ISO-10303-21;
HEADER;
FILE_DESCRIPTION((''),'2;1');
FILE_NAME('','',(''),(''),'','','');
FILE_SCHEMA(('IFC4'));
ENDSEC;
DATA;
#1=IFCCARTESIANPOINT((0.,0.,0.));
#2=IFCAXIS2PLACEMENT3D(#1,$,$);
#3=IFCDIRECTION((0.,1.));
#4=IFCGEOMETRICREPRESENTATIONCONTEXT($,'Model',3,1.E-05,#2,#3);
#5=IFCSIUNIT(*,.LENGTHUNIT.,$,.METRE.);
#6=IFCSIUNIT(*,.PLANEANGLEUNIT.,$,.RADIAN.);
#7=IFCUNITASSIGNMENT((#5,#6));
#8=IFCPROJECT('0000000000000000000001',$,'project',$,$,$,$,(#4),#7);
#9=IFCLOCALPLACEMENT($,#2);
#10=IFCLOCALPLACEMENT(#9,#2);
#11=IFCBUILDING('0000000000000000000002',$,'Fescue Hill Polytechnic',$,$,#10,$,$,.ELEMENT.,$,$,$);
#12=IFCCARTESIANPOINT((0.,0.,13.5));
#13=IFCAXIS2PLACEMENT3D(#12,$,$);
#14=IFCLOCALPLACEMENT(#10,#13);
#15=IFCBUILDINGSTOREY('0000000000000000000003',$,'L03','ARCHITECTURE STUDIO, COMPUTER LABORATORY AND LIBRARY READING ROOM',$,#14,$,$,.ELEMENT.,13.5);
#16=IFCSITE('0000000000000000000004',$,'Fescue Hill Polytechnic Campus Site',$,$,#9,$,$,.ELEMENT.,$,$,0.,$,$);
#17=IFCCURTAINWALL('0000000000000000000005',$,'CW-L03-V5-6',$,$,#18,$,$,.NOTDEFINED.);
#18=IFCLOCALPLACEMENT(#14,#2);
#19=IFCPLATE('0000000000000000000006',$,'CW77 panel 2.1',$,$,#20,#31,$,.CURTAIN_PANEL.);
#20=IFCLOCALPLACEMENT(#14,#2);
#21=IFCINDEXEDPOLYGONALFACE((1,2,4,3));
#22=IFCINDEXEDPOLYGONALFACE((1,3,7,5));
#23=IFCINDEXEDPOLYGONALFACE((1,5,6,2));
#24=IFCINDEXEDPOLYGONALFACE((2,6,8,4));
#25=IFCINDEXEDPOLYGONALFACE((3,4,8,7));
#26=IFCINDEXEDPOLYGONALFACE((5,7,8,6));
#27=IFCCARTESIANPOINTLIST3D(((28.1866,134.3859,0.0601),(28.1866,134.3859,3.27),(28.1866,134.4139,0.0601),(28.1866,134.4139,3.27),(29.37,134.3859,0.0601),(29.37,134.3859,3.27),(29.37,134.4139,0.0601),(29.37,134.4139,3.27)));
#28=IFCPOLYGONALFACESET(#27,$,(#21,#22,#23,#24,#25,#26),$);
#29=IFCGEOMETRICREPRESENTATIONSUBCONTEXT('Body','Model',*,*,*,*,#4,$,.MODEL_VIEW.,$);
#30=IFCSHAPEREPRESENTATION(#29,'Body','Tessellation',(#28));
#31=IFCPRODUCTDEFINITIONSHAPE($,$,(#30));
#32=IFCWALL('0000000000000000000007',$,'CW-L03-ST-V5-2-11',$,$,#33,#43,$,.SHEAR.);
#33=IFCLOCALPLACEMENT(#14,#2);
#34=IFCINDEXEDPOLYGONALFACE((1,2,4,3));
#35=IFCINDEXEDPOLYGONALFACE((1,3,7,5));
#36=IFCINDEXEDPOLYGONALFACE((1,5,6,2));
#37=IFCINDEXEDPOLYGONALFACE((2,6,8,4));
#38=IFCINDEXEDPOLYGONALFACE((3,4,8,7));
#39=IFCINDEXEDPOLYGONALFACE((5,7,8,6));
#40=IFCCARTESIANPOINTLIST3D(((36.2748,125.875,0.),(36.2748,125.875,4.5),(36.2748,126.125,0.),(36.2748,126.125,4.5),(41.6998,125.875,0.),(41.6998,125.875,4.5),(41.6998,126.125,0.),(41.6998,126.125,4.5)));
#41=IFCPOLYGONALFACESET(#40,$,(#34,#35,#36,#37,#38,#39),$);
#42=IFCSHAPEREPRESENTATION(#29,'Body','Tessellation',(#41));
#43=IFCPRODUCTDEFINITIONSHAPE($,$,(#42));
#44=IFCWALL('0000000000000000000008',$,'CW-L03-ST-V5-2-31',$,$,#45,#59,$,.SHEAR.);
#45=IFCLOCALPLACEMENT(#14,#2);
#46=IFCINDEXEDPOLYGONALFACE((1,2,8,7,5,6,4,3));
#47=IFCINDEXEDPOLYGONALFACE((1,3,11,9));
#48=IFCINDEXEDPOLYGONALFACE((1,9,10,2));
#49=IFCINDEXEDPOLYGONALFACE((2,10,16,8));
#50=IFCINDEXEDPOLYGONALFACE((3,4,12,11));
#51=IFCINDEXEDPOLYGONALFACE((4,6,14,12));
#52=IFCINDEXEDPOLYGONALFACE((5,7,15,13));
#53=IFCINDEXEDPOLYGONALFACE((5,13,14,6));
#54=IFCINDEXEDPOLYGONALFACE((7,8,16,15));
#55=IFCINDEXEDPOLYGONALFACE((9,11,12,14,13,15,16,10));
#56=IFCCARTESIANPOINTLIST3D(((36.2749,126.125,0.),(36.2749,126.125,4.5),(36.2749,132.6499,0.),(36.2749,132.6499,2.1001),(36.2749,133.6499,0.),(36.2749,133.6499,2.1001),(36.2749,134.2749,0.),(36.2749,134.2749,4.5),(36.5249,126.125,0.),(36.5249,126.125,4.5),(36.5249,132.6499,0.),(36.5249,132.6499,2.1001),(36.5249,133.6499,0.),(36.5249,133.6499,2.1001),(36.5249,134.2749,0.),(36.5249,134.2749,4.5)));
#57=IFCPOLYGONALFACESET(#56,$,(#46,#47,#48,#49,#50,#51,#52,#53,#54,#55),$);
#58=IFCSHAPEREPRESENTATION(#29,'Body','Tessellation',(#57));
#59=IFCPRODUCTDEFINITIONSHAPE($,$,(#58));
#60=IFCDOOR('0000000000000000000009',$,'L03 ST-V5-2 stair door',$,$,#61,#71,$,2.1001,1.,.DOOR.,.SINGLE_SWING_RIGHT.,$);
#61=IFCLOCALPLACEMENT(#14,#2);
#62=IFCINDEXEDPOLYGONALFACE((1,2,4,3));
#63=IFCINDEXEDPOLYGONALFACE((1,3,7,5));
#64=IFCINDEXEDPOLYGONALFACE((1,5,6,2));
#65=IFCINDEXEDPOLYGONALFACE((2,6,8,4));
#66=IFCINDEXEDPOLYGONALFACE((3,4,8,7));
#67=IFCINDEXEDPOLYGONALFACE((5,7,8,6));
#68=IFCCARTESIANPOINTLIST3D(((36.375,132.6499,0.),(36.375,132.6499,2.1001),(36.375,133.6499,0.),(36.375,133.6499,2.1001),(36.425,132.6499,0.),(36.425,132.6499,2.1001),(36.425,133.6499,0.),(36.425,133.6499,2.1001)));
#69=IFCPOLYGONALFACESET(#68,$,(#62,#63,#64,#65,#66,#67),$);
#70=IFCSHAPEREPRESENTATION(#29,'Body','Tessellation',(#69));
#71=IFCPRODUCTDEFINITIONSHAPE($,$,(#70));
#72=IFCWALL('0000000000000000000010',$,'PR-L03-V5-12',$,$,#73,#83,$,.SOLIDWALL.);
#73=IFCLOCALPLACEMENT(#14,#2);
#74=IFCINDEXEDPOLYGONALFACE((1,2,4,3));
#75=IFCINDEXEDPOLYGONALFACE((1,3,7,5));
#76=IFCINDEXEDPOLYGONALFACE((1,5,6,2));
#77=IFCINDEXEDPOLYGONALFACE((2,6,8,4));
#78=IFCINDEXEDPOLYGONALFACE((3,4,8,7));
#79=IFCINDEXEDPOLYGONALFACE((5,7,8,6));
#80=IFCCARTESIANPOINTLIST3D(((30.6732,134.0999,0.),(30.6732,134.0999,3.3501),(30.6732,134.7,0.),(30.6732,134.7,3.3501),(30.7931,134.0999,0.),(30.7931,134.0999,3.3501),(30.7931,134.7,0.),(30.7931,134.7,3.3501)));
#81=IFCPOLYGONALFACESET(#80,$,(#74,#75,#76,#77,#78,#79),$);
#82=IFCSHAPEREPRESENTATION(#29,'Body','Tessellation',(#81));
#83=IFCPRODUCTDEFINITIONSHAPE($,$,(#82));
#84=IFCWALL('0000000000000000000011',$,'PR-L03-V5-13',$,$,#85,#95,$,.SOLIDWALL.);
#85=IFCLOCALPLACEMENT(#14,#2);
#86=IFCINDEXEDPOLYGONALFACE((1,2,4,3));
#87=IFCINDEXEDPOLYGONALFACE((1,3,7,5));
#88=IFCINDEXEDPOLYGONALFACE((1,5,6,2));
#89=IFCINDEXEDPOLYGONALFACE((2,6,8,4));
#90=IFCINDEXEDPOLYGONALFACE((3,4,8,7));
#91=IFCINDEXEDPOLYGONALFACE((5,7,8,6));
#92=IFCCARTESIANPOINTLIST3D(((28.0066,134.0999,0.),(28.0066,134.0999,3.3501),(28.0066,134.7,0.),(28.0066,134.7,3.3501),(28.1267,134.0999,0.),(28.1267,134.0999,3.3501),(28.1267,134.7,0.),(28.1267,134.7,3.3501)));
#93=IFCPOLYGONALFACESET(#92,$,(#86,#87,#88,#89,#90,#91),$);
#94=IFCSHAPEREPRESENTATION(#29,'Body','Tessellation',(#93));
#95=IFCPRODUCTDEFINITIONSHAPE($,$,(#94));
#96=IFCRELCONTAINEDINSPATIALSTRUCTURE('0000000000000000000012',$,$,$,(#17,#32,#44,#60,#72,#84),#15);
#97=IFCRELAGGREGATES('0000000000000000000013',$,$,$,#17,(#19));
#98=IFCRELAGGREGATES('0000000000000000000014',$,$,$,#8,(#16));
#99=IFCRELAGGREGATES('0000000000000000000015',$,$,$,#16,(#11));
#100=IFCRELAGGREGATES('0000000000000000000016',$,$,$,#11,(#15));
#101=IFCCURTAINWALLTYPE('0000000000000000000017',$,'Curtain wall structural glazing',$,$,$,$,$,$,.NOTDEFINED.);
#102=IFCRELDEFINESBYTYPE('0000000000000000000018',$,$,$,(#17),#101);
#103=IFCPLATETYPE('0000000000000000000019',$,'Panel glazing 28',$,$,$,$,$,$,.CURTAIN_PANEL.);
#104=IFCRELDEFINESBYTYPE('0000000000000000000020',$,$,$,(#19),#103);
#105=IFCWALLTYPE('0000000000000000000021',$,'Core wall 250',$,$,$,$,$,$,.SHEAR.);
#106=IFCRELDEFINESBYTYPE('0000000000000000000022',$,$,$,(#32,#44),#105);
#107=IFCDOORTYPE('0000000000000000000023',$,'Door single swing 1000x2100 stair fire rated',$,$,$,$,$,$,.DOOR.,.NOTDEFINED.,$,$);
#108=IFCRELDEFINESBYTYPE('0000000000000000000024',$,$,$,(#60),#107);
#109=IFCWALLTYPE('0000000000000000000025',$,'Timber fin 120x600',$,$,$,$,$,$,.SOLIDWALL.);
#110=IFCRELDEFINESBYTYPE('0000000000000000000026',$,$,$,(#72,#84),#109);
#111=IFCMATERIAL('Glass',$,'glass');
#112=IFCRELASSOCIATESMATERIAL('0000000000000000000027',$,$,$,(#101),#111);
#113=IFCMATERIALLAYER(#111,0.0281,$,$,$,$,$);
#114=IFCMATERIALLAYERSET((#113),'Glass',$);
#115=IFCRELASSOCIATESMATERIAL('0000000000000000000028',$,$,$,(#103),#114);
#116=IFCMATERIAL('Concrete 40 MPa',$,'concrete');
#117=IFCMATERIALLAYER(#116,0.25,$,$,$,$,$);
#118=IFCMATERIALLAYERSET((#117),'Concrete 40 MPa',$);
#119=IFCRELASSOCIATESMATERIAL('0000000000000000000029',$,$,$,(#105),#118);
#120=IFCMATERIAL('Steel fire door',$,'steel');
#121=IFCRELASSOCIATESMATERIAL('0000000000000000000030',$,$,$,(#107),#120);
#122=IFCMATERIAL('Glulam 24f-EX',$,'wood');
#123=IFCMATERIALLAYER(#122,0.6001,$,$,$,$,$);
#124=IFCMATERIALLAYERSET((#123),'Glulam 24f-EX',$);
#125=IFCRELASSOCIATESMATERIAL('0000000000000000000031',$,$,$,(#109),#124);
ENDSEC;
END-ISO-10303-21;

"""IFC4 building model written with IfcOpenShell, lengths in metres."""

from ifc_helpers import new_model, si_unit, direction, frame, frame_2d, origin, origin_2d, place, context, subcontext, project, spatial, rectangle, extrude, material, layer, layer_set, type_object, element, fill, aggregate, save


model = new_model("IFC4")

# Units and contexts
model_context = context("Model", 3, precision=1e-05, world=origin(), true_north=direction((0.0, 1.0)))
body_context = subcontext(model_context, "Body", "Model", "MODEL_VIEW")
ifc_project = project(units=[si_unit("LENGTHUNIT", "METRE"), si_unit("PLANEANGLEUNIT", "RADIAN")], contexts=[model_context])

# Site, building, storey
site_placement = place(None, origin())
site = spatial("IfcSite", under=ifc_project, at=site_placement, Name="Fescue Hill Polytechnic Campus Site", CompositionType="ELEMENT", RefElevation=0.0)
building_placement = place(site_placement, origin())
building = spatial("IfcBuilding", under=site, at=building_placement, Name="Fescue Hill Polytechnic", CompositionType="ELEMENT")
storey_placement = place(building_placement, frame((0.0, 0.0, 13.5)))
storey = spatial("IfcBuildingStorey", under=building, at=storey_placement, Name="L03", Description="ARCHITECTURE STUDIO, COMPUTER LABORATORY AND LIBRARY READING ROOM", CompositionType="ELEMENT", Elevation=13.5)

# Shared definitions
ifc_material_1 = material(Name="Concrete 40 MPa", Category="concrete")

# Curtain wall
ifc_material_2 = material(Name="Glass", Category="glass")
curtain_wall_type = type_object("IfcCurtainWallType", Name="Curtain wall structural glazing", PredefinedType="NOTDEFINED", material=ifc_material_2)
curtain_wall_1_placement = place(storey_placement, origin())
curtain_wall_1 = element("IfcCurtainWall", 1, at=curtain_wall_1_placement, inside=storey, type_object=curtain_wall_type, Name="CW-L03-V5-6", PredefinedType="NOTDEFINED")

# Plate
ifc_layer_1 = layer(ifc_material_2, 0.0281)
ifc_layer_set_1 = layer_set([ifc_layer_1], Name="Glass")
plate_type = type_object("IfcPlateType", Name="Panel glazing 28", PredefinedType="CURTAIN_PANEL", material=ifc_layer_set_1)
plate_1_placement = place(storey_placement, frame((28.7783, 134.3999, 0.0601), z_axis=(0.0, 0.0, 1.0), x_axis=(-1.0, 0.0, 0.0)))
plate_1 = element("IfcPlate", 2, at=plate_1_placement, type_object=plate_type, Name="CW77 panel 2.1", PredefinedType="CURTAIN_PANEL", context=body_context, shape_type="SweptSolid", body=[
    extrude(rectangle(XDim=1.1833, YDim=0.0281, at=origin_2d()), origin(), (0.0, 0.0, 1.0), 3.21),
])
aggregate(curtain_wall_1, [plate_1])

# Wall
ifc_layer_2 = layer(ifc_material_1, 0.25)
ifc_layer_set_2 = layer_set([ifc_layer_2], Name="Concrete 40 MPa")
wall_type_1 = type_object("IfcWallType", Name="Core wall 250", PredefinedType="SHEAR", material=ifc_layer_set_2)
wall_1_placement = place(storey_placement, frame((36.2749, 126.0, 0.0), z_axis=(0.0, 0.0, 1.0), x_axis=(1.0, 0.0, 0.0)))
element("IfcWall", 3, at=wall_1_placement, inside=storey, type_object=wall_type_1, Name="CW-L03-ST-V5-2-11", PredefinedType="SHEAR", context=body_context, shape_type="SweptSolid", body=[
    extrude(rectangle(XDim=5.425, YDim=0.25, at=frame_2d((2.7124, 0.0))), origin(), (0.0, 0.0, 1.0), 4.5),
])

# Wall, opening, door
wall_2_placement = place(storey_placement, frame((36.3999, 126.125, 0.0), z_axis=(0.0, 0.0, 1.0), x_axis=(0.0, 1.0, 0.0)))
wall_2 = element("IfcWall", 4, at=wall_2_placement, inside=storey, type_object=wall_type_1, Name="CW-L03-ST-V5-2-31", PredefinedType="SHEAR", context=body_context, shape_type="SweptSolid", body=[
    extrude(rectangle(XDim=8.1499, YDim=0.25, at=frame_2d((4.075, 0.0))), origin(), (0.0, 0.0, 1.0), 4.5),
])
opening_placement = place(wall_2_placement, frame((6.5249, 0.0, 0.0)))
opening = element("IfcOpeningElement", 5, at=opening_placement, cuts=wall_2, PredefinedType="OPENING", context=body_context, shape_type="SweptSolid", body=[
    extrude(rectangle(XDim=1.0, YDim=2.1001, at=frame_2d((0.5, 1.05))), frame((0.0, 0.135, 0.0), z_axis=(0.0, -1.0, 0.0), x_axis=(1.0, 0.0, 0.0)), (0.0, 0.0, 1.0), 0.27),
])
ifc_material_3 = material(Name="Steel fire door", Category="steel")
door_type = type_object("IfcDoorType", Name="Door single swing 1000x2100 stair fire rated", OperationType="NOTDEFINED", PredefinedType="DOOR", material=ifc_material_3)
door_placement = place(opening_placement, origin())
door = element("IfcDoor", 6, at=door_placement, inside=storey, type_object=door_type, Name="L03 ST-V5-2 stair door", OperationType="SINGLE_SWING_RIGHT", OverallHeight=2.1001, OverallWidth=1.0, PredefinedType="DOOR", context=body_context, shape_type="SweptSolid", body=[
    extrude(rectangle(XDim=1.0, YDim=2.1001, at=frame_2d((0.5, 1.05))), frame((0.0, 0.0249, 0.0), z_axis=(0.0, -1.0, 0.0), x_axis=(1.0, 0.0, 0.0)), (0.0, 0.0, 1.0), 0.05),
])
fill(opening, door)

# Walls
ifc_material_4 = material(Name="Glulam 24f-EX", Category="wood")
ifc_layer_3 = layer(ifc_material_4, 0.6001)
ifc_layer_set_3 = layer_set([ifc_layer_3], Name="Glulam 24f-EX")
wall_type_2 = type_object("IfcWallType", Name="Timber fin 120x600", PredefinedType="SOLIDWALL", material=ifc_layer_set_3)
wall_3_placement = place(storey_placement, frame((30.7932, 134.3999, 0.0), z_axis=(0.0, 0.0, 1.0), x_axis=(-1.0, 0.0, 0.0)))
element("IfcWall", 7, at=wall_3_placement, inside=storey, type_object=wall_type_2, Name="PR-L03-V5-12", PredefinedType="SOLIDWALL", context=body_context, shape_type="SweptSolid", body=[
    extrude(rectangle(XDim=0.1199, YDim=0.6001, at=frame_2d((0.0601, 0.0))), origin(), (0.0, 0.0, 1.0), 3.3501),
])
wall_4_placement = place(storey_placement, frame((28.1267, 134.3999, 0.0), z_axis=(0.0, 0.0, 1.0), x_axis=(-1.0, 0.0, 0.0)))
element("IfcWall", 8, at=wall_4_placement, inside=storey, type_object=wall_type_2, Name="PR-L03-V5-13", PredefinedType="SOLIDWALL", context=body_context, shape_type="SweptSolid", body=[
    extrude(rectangle(XDim=0.1201, YDim=0.6001, at=frame_2d((0.0601, 0.0))), origin(), (0.0, 0.0, 1.0), 3.3501),
])

save(model, "model.ifc")
